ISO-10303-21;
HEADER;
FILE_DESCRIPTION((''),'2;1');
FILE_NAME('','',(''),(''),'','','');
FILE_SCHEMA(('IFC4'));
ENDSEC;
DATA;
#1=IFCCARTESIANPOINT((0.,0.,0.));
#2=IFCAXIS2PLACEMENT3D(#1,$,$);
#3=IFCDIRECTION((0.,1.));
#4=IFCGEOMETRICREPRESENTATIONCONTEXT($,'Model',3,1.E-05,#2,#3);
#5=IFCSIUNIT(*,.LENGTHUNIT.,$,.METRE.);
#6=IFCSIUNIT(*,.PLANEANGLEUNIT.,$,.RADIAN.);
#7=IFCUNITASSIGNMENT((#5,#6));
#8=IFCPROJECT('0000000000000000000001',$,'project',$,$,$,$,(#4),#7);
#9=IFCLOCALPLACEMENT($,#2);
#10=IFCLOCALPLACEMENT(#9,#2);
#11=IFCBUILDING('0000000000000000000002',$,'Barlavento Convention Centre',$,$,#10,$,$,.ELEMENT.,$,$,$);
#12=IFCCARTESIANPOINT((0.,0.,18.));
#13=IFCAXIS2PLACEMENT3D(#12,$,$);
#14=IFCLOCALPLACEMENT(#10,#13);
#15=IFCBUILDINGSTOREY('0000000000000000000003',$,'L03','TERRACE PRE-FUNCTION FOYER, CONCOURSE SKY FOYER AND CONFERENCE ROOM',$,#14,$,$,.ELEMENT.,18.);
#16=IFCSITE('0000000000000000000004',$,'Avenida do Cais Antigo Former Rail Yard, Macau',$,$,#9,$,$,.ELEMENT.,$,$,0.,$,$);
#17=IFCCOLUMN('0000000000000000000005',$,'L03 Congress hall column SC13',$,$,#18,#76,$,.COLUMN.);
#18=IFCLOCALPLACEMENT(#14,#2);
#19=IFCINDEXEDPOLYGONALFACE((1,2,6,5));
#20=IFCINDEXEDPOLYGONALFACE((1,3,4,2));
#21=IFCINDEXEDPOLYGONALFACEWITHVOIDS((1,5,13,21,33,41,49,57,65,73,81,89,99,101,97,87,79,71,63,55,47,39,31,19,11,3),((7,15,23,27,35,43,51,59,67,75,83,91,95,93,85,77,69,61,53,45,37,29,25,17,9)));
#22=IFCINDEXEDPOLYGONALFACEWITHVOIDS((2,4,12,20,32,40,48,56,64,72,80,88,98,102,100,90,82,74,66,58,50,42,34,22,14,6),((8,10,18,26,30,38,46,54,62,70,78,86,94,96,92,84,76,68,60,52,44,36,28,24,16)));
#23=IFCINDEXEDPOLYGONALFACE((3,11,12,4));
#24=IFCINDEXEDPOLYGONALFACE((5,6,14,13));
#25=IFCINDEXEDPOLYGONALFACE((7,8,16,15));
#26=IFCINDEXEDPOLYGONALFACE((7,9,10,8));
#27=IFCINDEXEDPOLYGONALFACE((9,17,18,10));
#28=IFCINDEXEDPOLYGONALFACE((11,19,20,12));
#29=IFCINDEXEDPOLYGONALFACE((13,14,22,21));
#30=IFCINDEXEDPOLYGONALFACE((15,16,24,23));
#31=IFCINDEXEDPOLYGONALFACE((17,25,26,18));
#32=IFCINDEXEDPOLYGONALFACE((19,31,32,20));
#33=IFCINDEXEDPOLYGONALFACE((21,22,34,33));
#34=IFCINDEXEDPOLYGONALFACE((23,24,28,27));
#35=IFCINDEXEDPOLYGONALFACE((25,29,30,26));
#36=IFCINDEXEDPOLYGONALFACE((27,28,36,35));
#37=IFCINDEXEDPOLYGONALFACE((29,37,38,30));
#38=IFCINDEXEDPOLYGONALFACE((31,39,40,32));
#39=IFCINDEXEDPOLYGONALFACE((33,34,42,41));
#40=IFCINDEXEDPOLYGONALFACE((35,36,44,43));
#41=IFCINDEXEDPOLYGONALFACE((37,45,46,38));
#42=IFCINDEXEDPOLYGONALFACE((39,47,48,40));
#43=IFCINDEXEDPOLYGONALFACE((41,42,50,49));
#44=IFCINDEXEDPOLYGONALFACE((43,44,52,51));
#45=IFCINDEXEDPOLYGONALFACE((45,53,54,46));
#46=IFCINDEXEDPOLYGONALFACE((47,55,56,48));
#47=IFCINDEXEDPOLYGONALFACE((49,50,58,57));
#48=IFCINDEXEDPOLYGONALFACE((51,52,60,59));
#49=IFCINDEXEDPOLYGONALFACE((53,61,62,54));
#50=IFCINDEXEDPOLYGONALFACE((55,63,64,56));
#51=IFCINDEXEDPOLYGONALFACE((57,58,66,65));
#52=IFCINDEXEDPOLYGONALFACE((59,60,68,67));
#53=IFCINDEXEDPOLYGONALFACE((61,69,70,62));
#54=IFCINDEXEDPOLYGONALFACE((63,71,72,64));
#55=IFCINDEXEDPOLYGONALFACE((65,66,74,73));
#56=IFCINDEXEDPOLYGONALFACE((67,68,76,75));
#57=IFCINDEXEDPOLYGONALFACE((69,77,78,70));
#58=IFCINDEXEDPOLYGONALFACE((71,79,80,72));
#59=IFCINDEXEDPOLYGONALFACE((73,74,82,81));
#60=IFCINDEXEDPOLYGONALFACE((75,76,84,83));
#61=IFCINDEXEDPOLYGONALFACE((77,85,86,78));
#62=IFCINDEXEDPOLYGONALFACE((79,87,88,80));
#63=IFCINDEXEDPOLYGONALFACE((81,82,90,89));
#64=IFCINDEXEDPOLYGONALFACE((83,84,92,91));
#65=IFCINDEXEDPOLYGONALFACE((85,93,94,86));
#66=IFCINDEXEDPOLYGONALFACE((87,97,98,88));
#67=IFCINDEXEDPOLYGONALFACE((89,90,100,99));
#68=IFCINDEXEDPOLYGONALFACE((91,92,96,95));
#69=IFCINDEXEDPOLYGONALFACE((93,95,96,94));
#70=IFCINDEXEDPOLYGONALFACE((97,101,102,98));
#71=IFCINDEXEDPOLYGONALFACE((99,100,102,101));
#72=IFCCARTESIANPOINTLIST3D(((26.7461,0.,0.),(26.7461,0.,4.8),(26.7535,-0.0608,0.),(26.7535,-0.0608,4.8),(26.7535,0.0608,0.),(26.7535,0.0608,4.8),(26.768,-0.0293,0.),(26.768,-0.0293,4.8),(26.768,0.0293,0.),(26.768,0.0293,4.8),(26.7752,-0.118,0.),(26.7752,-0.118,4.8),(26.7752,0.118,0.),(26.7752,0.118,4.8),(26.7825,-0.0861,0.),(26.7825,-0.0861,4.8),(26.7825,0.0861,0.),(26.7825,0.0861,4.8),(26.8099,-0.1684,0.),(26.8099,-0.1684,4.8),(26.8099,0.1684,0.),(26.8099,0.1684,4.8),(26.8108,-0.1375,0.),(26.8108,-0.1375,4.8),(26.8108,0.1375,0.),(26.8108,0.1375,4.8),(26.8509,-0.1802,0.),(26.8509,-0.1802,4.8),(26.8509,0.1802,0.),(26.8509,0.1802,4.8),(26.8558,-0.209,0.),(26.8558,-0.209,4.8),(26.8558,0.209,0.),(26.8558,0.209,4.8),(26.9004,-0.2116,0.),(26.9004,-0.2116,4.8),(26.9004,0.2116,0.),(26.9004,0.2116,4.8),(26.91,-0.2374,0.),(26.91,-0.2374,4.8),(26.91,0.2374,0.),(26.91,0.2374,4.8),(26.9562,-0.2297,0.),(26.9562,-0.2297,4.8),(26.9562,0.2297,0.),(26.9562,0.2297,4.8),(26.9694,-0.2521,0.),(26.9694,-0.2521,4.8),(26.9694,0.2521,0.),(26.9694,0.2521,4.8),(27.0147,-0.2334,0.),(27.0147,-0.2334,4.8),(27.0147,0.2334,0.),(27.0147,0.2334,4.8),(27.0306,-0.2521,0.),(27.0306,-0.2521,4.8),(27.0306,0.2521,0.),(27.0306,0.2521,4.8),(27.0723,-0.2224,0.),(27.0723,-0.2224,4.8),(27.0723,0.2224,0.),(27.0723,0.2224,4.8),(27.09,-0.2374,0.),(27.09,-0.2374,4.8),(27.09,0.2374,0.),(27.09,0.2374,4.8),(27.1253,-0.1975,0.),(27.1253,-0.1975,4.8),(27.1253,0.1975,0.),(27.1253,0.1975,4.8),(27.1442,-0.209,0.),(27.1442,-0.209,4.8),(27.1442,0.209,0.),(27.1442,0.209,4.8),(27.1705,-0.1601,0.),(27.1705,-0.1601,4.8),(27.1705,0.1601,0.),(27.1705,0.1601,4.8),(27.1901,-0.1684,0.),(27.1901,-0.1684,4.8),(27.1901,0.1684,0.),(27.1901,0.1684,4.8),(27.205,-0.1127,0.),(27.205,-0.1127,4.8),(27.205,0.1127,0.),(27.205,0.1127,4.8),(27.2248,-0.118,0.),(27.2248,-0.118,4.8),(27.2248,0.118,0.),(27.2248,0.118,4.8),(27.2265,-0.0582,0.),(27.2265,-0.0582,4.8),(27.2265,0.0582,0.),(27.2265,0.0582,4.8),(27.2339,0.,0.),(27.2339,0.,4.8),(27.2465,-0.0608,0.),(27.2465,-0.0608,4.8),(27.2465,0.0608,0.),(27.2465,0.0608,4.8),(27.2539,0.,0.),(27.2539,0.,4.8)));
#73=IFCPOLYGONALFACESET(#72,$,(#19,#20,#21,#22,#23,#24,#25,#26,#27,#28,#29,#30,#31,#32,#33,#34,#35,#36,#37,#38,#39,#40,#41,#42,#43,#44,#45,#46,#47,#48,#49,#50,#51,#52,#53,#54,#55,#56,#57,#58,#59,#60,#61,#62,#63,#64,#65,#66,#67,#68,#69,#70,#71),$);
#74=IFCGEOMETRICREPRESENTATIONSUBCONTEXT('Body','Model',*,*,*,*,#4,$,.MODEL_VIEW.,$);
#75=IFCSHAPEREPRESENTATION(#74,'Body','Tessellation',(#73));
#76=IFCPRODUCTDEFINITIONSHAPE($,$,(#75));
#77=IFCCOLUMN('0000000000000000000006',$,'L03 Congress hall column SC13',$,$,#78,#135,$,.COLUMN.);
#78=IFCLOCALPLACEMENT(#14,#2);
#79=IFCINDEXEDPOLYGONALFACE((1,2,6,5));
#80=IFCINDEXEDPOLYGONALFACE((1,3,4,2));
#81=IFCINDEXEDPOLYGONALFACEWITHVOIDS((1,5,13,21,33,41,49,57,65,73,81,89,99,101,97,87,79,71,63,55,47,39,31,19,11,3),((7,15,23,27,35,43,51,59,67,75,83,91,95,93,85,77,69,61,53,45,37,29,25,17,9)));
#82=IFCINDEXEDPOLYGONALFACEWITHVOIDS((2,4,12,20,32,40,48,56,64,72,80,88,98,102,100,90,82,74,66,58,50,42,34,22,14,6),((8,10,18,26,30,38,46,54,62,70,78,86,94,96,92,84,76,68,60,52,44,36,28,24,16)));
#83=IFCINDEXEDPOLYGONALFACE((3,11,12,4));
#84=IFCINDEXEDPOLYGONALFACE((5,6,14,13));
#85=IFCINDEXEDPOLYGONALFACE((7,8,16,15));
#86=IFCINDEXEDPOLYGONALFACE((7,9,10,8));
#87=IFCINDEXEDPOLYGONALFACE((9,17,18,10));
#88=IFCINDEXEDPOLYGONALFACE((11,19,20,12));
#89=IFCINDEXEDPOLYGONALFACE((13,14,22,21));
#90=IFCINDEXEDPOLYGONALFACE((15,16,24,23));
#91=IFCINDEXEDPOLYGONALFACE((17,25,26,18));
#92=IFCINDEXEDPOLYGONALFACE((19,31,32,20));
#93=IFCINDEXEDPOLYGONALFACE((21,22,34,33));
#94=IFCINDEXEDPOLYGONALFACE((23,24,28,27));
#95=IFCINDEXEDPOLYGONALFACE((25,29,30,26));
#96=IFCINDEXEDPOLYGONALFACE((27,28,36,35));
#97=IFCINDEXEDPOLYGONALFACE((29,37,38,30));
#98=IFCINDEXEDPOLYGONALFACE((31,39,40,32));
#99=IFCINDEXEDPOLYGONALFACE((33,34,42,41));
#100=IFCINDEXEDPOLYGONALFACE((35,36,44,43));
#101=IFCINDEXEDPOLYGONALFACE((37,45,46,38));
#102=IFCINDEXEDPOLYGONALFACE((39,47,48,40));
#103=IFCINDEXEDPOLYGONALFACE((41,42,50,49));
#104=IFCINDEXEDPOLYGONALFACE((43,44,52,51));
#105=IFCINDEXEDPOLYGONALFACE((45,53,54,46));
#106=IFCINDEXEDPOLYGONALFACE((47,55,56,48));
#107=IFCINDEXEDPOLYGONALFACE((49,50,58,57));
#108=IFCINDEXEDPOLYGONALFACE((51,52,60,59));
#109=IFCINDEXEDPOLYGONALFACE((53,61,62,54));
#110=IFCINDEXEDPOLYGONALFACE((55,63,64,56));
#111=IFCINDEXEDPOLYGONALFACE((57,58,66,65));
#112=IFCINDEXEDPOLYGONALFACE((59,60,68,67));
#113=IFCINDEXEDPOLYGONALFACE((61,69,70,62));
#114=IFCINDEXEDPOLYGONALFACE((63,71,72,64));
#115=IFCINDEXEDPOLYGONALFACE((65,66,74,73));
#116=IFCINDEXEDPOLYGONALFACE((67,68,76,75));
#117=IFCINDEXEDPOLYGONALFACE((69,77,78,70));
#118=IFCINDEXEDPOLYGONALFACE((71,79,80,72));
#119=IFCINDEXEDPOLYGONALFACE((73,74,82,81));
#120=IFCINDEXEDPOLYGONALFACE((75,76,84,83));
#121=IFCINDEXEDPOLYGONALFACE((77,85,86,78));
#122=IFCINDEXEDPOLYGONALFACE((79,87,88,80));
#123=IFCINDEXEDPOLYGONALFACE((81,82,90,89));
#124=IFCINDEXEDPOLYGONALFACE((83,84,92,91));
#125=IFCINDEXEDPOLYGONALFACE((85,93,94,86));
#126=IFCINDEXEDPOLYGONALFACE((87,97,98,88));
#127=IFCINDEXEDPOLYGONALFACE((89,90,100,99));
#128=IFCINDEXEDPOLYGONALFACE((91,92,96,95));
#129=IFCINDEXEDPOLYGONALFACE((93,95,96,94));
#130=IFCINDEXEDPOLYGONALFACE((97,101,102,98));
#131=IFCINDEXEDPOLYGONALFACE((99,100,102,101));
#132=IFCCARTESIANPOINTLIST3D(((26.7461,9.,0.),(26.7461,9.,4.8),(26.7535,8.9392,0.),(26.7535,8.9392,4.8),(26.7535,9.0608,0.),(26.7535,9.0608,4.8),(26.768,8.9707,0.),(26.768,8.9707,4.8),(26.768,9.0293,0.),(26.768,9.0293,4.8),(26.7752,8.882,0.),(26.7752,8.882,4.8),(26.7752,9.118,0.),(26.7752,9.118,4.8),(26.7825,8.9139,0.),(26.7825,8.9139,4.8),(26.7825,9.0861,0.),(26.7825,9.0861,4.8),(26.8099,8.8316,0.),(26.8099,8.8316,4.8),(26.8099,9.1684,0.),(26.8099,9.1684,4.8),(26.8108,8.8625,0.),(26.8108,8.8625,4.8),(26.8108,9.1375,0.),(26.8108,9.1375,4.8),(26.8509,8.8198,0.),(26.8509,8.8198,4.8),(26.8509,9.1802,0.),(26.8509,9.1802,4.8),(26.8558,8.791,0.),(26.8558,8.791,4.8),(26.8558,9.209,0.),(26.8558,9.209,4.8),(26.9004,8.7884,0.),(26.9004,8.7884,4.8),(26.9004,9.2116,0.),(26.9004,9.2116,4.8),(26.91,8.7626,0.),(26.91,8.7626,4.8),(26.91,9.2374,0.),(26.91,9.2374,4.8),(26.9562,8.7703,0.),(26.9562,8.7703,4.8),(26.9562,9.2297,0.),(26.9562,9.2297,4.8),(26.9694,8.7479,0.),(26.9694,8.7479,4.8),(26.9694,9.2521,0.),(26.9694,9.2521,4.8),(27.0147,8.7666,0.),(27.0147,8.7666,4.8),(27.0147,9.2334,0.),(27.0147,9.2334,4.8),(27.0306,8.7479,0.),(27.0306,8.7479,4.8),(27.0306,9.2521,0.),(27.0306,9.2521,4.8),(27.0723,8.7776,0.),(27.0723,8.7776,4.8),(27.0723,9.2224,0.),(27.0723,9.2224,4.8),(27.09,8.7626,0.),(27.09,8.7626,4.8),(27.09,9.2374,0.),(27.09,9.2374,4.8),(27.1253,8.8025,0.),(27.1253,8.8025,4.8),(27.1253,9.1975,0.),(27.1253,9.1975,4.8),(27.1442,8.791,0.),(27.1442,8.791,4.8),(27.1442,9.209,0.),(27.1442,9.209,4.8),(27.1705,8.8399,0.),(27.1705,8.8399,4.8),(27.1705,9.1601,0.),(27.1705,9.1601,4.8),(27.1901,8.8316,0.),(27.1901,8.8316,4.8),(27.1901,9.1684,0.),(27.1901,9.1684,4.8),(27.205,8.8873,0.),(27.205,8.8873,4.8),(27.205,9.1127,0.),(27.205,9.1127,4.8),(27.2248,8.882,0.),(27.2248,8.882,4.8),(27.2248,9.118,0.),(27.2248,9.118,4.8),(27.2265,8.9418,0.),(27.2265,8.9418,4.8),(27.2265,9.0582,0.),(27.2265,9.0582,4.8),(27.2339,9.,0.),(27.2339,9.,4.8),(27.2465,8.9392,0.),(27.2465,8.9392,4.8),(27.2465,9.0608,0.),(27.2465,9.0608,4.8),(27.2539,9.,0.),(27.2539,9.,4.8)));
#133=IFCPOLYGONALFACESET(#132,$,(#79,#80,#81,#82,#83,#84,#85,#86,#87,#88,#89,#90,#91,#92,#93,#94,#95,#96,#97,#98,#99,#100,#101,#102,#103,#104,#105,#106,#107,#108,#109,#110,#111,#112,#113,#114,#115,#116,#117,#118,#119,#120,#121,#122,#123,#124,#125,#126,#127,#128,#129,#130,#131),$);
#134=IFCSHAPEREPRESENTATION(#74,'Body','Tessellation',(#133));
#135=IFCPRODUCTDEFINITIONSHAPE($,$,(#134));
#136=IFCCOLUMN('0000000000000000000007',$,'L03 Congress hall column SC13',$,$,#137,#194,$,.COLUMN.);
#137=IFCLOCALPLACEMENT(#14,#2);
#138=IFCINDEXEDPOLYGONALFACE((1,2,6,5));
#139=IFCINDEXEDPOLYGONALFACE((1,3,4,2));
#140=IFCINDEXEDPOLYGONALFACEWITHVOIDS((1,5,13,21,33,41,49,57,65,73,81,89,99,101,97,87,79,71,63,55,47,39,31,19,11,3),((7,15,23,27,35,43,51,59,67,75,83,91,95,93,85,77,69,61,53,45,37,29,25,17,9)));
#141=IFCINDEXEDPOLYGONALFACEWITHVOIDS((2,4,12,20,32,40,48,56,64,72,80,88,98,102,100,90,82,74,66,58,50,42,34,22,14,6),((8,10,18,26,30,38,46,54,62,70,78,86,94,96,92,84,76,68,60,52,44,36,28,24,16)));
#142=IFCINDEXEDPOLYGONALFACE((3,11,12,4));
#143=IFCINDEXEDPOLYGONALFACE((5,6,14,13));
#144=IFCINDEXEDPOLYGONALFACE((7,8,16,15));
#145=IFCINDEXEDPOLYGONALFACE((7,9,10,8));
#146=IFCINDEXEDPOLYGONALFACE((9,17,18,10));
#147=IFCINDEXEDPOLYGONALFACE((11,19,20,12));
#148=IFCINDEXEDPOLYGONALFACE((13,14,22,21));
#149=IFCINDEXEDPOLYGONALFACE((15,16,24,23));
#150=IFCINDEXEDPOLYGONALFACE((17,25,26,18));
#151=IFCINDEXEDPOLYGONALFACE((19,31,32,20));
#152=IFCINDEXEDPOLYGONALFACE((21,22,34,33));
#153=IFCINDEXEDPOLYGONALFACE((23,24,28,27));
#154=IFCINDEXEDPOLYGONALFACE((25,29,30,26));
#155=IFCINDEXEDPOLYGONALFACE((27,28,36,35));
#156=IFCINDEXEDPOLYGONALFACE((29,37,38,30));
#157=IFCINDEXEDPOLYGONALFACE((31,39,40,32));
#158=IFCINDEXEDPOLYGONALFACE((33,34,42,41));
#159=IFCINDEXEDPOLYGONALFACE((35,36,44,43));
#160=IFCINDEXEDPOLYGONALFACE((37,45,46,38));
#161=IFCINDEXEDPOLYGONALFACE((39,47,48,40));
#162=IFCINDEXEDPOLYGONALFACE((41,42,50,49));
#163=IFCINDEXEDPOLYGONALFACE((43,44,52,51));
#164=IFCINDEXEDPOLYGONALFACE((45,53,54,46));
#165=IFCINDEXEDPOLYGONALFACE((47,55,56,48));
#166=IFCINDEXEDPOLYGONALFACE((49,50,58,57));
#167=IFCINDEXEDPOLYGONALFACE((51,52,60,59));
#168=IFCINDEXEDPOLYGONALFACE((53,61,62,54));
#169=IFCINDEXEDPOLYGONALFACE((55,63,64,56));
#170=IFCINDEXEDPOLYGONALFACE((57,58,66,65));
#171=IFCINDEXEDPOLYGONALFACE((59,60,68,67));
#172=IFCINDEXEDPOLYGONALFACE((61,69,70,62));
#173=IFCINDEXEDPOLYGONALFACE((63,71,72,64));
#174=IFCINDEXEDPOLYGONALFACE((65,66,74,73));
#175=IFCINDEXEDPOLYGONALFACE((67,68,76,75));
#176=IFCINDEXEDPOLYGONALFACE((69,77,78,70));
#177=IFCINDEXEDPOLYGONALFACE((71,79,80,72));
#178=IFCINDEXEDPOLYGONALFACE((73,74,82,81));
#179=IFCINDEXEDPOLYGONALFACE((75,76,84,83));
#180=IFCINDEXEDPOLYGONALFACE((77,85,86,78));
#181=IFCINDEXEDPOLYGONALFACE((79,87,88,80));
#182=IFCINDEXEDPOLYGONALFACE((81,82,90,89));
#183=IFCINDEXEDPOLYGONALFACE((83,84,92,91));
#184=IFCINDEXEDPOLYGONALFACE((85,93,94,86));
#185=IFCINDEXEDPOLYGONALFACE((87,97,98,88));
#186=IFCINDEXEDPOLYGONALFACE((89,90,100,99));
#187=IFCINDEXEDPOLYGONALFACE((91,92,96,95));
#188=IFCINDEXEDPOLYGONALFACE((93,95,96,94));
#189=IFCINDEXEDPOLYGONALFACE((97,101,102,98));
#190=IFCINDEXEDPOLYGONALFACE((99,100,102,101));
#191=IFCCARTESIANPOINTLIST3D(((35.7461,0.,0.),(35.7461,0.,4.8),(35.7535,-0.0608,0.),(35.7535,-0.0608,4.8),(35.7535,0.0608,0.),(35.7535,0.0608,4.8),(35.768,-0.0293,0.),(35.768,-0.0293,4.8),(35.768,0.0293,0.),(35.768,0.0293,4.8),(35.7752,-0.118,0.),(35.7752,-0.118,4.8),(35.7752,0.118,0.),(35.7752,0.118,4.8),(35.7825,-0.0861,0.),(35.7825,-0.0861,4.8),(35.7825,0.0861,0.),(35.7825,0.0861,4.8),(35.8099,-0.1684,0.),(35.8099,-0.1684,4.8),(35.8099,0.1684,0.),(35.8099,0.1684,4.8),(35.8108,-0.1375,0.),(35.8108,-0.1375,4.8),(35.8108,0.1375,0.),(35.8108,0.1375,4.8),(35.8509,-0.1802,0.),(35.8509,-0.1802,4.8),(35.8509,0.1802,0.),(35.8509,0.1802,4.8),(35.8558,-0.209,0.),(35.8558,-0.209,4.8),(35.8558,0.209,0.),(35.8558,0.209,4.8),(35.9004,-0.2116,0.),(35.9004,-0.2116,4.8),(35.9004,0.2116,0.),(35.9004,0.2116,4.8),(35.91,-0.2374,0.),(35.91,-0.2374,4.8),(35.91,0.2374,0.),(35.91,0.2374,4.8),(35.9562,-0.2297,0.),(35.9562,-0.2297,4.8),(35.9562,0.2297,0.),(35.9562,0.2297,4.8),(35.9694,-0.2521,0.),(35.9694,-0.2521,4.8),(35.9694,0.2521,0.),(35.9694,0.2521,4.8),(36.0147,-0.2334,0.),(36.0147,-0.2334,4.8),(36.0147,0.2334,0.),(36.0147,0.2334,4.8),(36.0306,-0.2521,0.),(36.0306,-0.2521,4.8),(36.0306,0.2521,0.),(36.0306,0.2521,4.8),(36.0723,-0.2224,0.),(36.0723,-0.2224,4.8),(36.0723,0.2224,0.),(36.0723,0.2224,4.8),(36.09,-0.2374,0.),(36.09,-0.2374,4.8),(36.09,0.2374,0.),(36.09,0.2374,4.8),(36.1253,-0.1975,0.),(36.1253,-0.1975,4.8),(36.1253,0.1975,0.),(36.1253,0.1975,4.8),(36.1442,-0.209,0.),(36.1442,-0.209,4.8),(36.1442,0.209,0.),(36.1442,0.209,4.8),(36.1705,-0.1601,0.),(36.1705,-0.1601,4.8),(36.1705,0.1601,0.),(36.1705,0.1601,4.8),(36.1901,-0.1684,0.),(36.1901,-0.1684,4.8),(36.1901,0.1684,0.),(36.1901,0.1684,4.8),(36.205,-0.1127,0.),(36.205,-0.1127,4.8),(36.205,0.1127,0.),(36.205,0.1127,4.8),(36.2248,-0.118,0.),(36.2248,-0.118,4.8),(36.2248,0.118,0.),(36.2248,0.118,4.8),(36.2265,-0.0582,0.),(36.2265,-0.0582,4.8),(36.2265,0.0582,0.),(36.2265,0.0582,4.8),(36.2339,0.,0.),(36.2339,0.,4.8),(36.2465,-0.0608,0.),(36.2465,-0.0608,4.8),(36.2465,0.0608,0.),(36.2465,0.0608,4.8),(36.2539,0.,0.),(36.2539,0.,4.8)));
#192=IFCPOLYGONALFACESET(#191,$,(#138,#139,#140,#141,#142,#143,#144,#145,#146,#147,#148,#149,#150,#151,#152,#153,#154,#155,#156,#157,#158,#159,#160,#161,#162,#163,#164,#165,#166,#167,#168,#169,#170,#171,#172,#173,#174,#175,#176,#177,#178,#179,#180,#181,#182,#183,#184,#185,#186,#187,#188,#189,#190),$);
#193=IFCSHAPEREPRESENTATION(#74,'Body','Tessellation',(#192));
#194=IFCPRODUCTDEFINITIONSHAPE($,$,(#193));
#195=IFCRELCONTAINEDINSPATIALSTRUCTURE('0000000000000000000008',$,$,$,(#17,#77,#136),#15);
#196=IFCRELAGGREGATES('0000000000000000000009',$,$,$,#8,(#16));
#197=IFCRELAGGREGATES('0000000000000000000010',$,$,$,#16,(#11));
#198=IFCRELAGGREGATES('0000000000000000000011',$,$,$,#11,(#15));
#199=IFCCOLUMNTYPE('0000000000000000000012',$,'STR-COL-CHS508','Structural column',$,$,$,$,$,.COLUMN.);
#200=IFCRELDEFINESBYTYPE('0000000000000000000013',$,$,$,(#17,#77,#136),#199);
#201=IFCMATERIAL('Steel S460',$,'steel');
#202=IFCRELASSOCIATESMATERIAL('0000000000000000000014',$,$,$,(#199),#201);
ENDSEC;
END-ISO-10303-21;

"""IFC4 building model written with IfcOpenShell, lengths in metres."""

from ifc_helpers import new_model, si_unit, direction, frame, origin, origin_2d, place, context, subcontext, project, spatial, hollow_circle, extrude, material, material_profile, profile_set, type_object, element, save


model = new_model("IFC4")

# Units and contexts
model_context = context("Model", 3, precision=1e-05, world=origin(), true_north=direction((0.0, 1.0)))
body_context = subcontext(model_context, "Body", "Model", "MODEL_VIEW")
ifc_project = project(units=[si_unit("LENGTHUNIT", "METRE"), si_unit("PLANEANGLEUNIT", "RADIAN")], contexts=[model_context])

# Site, building, storey
site_placement = place(None, origin())
site = spatial("IfcSite", under=ifc_project, at=site_placement, Name="Avenida do Cais Antigo Former Rail Yard, Macau", CompositionType="ELEMENT", RefElevation=0.0)
building_placement = place(site_placement, origin())
building = spatial("IfcBuilding", under=site, at=building_placement, Name="Barlavento Convention Centre", CompositionType="ELEMENT")
storey_placement = place(building_placement, frame((0.0, 0.0, 18.0)))
storey = spatial("IfcBuildingStorey", under=building, at=storey_placement, Name="L03", Description="TERRACE PRE-FUNCTION FOYER, CONCOURSE SKY FOYER AND CONFERENCE ROOM", CompositionType="ELEMENT", Elevation=18.0)

# Columns
ifc_material_1 = material(Name="Steel S460", Category="steel")
ifc_material_profile_1 = material_profile(ifc_material_1, hollow_circle(Radius=0.2539, WallThickness=0.02, at=origin_2d()), Name="CHS 508.0x20.0")
ifc_profile_set_1 = profile_set([ifc_material_profile_1], Name="Steel S460")
column_type_1 = type_object("IfcColumnType", Name="STR-COL-CHS508", Description="Structural column", PredefinedType="COLUMN", material=ifc_profile_set_1)
for number, where, z_axis, x_axis, name in (
    (1, (27.0, 0.0, 0.0), (0.0, 0.0, 1.0), (1.0, 0.0, 0.0), "L03 Congress hall column SC13"),
    (2, (27.0, 9.0, 0.0), (0.0, 0.0, 1.0), (1.0, 0.0, 0.0), "L03 Congress hall column SC13"),
    (3, (36.0, 0.0, 0.0), (0.0, 0.0, 1.0), (1.0, 0.0, 0.0), "L03 Congress hall column SC13"),
):
    element("IfcColumn", number, at=place(storey_placement, frame(where, z_axis=z_axis, x_axis=x_axis)), inside=storey, type_object=column_type_1, Name=name, PredefinedType="COLUMN", context=body_context, shape_type="SweptSolid", body=[
        extrude(hollow_circle(Radius=0.2539, WallThickness=0.02, at=origin_2d()), origin(), (0.0, 0.0, 1.0), 4.8),
    ])

save(model, "model.ifc")
